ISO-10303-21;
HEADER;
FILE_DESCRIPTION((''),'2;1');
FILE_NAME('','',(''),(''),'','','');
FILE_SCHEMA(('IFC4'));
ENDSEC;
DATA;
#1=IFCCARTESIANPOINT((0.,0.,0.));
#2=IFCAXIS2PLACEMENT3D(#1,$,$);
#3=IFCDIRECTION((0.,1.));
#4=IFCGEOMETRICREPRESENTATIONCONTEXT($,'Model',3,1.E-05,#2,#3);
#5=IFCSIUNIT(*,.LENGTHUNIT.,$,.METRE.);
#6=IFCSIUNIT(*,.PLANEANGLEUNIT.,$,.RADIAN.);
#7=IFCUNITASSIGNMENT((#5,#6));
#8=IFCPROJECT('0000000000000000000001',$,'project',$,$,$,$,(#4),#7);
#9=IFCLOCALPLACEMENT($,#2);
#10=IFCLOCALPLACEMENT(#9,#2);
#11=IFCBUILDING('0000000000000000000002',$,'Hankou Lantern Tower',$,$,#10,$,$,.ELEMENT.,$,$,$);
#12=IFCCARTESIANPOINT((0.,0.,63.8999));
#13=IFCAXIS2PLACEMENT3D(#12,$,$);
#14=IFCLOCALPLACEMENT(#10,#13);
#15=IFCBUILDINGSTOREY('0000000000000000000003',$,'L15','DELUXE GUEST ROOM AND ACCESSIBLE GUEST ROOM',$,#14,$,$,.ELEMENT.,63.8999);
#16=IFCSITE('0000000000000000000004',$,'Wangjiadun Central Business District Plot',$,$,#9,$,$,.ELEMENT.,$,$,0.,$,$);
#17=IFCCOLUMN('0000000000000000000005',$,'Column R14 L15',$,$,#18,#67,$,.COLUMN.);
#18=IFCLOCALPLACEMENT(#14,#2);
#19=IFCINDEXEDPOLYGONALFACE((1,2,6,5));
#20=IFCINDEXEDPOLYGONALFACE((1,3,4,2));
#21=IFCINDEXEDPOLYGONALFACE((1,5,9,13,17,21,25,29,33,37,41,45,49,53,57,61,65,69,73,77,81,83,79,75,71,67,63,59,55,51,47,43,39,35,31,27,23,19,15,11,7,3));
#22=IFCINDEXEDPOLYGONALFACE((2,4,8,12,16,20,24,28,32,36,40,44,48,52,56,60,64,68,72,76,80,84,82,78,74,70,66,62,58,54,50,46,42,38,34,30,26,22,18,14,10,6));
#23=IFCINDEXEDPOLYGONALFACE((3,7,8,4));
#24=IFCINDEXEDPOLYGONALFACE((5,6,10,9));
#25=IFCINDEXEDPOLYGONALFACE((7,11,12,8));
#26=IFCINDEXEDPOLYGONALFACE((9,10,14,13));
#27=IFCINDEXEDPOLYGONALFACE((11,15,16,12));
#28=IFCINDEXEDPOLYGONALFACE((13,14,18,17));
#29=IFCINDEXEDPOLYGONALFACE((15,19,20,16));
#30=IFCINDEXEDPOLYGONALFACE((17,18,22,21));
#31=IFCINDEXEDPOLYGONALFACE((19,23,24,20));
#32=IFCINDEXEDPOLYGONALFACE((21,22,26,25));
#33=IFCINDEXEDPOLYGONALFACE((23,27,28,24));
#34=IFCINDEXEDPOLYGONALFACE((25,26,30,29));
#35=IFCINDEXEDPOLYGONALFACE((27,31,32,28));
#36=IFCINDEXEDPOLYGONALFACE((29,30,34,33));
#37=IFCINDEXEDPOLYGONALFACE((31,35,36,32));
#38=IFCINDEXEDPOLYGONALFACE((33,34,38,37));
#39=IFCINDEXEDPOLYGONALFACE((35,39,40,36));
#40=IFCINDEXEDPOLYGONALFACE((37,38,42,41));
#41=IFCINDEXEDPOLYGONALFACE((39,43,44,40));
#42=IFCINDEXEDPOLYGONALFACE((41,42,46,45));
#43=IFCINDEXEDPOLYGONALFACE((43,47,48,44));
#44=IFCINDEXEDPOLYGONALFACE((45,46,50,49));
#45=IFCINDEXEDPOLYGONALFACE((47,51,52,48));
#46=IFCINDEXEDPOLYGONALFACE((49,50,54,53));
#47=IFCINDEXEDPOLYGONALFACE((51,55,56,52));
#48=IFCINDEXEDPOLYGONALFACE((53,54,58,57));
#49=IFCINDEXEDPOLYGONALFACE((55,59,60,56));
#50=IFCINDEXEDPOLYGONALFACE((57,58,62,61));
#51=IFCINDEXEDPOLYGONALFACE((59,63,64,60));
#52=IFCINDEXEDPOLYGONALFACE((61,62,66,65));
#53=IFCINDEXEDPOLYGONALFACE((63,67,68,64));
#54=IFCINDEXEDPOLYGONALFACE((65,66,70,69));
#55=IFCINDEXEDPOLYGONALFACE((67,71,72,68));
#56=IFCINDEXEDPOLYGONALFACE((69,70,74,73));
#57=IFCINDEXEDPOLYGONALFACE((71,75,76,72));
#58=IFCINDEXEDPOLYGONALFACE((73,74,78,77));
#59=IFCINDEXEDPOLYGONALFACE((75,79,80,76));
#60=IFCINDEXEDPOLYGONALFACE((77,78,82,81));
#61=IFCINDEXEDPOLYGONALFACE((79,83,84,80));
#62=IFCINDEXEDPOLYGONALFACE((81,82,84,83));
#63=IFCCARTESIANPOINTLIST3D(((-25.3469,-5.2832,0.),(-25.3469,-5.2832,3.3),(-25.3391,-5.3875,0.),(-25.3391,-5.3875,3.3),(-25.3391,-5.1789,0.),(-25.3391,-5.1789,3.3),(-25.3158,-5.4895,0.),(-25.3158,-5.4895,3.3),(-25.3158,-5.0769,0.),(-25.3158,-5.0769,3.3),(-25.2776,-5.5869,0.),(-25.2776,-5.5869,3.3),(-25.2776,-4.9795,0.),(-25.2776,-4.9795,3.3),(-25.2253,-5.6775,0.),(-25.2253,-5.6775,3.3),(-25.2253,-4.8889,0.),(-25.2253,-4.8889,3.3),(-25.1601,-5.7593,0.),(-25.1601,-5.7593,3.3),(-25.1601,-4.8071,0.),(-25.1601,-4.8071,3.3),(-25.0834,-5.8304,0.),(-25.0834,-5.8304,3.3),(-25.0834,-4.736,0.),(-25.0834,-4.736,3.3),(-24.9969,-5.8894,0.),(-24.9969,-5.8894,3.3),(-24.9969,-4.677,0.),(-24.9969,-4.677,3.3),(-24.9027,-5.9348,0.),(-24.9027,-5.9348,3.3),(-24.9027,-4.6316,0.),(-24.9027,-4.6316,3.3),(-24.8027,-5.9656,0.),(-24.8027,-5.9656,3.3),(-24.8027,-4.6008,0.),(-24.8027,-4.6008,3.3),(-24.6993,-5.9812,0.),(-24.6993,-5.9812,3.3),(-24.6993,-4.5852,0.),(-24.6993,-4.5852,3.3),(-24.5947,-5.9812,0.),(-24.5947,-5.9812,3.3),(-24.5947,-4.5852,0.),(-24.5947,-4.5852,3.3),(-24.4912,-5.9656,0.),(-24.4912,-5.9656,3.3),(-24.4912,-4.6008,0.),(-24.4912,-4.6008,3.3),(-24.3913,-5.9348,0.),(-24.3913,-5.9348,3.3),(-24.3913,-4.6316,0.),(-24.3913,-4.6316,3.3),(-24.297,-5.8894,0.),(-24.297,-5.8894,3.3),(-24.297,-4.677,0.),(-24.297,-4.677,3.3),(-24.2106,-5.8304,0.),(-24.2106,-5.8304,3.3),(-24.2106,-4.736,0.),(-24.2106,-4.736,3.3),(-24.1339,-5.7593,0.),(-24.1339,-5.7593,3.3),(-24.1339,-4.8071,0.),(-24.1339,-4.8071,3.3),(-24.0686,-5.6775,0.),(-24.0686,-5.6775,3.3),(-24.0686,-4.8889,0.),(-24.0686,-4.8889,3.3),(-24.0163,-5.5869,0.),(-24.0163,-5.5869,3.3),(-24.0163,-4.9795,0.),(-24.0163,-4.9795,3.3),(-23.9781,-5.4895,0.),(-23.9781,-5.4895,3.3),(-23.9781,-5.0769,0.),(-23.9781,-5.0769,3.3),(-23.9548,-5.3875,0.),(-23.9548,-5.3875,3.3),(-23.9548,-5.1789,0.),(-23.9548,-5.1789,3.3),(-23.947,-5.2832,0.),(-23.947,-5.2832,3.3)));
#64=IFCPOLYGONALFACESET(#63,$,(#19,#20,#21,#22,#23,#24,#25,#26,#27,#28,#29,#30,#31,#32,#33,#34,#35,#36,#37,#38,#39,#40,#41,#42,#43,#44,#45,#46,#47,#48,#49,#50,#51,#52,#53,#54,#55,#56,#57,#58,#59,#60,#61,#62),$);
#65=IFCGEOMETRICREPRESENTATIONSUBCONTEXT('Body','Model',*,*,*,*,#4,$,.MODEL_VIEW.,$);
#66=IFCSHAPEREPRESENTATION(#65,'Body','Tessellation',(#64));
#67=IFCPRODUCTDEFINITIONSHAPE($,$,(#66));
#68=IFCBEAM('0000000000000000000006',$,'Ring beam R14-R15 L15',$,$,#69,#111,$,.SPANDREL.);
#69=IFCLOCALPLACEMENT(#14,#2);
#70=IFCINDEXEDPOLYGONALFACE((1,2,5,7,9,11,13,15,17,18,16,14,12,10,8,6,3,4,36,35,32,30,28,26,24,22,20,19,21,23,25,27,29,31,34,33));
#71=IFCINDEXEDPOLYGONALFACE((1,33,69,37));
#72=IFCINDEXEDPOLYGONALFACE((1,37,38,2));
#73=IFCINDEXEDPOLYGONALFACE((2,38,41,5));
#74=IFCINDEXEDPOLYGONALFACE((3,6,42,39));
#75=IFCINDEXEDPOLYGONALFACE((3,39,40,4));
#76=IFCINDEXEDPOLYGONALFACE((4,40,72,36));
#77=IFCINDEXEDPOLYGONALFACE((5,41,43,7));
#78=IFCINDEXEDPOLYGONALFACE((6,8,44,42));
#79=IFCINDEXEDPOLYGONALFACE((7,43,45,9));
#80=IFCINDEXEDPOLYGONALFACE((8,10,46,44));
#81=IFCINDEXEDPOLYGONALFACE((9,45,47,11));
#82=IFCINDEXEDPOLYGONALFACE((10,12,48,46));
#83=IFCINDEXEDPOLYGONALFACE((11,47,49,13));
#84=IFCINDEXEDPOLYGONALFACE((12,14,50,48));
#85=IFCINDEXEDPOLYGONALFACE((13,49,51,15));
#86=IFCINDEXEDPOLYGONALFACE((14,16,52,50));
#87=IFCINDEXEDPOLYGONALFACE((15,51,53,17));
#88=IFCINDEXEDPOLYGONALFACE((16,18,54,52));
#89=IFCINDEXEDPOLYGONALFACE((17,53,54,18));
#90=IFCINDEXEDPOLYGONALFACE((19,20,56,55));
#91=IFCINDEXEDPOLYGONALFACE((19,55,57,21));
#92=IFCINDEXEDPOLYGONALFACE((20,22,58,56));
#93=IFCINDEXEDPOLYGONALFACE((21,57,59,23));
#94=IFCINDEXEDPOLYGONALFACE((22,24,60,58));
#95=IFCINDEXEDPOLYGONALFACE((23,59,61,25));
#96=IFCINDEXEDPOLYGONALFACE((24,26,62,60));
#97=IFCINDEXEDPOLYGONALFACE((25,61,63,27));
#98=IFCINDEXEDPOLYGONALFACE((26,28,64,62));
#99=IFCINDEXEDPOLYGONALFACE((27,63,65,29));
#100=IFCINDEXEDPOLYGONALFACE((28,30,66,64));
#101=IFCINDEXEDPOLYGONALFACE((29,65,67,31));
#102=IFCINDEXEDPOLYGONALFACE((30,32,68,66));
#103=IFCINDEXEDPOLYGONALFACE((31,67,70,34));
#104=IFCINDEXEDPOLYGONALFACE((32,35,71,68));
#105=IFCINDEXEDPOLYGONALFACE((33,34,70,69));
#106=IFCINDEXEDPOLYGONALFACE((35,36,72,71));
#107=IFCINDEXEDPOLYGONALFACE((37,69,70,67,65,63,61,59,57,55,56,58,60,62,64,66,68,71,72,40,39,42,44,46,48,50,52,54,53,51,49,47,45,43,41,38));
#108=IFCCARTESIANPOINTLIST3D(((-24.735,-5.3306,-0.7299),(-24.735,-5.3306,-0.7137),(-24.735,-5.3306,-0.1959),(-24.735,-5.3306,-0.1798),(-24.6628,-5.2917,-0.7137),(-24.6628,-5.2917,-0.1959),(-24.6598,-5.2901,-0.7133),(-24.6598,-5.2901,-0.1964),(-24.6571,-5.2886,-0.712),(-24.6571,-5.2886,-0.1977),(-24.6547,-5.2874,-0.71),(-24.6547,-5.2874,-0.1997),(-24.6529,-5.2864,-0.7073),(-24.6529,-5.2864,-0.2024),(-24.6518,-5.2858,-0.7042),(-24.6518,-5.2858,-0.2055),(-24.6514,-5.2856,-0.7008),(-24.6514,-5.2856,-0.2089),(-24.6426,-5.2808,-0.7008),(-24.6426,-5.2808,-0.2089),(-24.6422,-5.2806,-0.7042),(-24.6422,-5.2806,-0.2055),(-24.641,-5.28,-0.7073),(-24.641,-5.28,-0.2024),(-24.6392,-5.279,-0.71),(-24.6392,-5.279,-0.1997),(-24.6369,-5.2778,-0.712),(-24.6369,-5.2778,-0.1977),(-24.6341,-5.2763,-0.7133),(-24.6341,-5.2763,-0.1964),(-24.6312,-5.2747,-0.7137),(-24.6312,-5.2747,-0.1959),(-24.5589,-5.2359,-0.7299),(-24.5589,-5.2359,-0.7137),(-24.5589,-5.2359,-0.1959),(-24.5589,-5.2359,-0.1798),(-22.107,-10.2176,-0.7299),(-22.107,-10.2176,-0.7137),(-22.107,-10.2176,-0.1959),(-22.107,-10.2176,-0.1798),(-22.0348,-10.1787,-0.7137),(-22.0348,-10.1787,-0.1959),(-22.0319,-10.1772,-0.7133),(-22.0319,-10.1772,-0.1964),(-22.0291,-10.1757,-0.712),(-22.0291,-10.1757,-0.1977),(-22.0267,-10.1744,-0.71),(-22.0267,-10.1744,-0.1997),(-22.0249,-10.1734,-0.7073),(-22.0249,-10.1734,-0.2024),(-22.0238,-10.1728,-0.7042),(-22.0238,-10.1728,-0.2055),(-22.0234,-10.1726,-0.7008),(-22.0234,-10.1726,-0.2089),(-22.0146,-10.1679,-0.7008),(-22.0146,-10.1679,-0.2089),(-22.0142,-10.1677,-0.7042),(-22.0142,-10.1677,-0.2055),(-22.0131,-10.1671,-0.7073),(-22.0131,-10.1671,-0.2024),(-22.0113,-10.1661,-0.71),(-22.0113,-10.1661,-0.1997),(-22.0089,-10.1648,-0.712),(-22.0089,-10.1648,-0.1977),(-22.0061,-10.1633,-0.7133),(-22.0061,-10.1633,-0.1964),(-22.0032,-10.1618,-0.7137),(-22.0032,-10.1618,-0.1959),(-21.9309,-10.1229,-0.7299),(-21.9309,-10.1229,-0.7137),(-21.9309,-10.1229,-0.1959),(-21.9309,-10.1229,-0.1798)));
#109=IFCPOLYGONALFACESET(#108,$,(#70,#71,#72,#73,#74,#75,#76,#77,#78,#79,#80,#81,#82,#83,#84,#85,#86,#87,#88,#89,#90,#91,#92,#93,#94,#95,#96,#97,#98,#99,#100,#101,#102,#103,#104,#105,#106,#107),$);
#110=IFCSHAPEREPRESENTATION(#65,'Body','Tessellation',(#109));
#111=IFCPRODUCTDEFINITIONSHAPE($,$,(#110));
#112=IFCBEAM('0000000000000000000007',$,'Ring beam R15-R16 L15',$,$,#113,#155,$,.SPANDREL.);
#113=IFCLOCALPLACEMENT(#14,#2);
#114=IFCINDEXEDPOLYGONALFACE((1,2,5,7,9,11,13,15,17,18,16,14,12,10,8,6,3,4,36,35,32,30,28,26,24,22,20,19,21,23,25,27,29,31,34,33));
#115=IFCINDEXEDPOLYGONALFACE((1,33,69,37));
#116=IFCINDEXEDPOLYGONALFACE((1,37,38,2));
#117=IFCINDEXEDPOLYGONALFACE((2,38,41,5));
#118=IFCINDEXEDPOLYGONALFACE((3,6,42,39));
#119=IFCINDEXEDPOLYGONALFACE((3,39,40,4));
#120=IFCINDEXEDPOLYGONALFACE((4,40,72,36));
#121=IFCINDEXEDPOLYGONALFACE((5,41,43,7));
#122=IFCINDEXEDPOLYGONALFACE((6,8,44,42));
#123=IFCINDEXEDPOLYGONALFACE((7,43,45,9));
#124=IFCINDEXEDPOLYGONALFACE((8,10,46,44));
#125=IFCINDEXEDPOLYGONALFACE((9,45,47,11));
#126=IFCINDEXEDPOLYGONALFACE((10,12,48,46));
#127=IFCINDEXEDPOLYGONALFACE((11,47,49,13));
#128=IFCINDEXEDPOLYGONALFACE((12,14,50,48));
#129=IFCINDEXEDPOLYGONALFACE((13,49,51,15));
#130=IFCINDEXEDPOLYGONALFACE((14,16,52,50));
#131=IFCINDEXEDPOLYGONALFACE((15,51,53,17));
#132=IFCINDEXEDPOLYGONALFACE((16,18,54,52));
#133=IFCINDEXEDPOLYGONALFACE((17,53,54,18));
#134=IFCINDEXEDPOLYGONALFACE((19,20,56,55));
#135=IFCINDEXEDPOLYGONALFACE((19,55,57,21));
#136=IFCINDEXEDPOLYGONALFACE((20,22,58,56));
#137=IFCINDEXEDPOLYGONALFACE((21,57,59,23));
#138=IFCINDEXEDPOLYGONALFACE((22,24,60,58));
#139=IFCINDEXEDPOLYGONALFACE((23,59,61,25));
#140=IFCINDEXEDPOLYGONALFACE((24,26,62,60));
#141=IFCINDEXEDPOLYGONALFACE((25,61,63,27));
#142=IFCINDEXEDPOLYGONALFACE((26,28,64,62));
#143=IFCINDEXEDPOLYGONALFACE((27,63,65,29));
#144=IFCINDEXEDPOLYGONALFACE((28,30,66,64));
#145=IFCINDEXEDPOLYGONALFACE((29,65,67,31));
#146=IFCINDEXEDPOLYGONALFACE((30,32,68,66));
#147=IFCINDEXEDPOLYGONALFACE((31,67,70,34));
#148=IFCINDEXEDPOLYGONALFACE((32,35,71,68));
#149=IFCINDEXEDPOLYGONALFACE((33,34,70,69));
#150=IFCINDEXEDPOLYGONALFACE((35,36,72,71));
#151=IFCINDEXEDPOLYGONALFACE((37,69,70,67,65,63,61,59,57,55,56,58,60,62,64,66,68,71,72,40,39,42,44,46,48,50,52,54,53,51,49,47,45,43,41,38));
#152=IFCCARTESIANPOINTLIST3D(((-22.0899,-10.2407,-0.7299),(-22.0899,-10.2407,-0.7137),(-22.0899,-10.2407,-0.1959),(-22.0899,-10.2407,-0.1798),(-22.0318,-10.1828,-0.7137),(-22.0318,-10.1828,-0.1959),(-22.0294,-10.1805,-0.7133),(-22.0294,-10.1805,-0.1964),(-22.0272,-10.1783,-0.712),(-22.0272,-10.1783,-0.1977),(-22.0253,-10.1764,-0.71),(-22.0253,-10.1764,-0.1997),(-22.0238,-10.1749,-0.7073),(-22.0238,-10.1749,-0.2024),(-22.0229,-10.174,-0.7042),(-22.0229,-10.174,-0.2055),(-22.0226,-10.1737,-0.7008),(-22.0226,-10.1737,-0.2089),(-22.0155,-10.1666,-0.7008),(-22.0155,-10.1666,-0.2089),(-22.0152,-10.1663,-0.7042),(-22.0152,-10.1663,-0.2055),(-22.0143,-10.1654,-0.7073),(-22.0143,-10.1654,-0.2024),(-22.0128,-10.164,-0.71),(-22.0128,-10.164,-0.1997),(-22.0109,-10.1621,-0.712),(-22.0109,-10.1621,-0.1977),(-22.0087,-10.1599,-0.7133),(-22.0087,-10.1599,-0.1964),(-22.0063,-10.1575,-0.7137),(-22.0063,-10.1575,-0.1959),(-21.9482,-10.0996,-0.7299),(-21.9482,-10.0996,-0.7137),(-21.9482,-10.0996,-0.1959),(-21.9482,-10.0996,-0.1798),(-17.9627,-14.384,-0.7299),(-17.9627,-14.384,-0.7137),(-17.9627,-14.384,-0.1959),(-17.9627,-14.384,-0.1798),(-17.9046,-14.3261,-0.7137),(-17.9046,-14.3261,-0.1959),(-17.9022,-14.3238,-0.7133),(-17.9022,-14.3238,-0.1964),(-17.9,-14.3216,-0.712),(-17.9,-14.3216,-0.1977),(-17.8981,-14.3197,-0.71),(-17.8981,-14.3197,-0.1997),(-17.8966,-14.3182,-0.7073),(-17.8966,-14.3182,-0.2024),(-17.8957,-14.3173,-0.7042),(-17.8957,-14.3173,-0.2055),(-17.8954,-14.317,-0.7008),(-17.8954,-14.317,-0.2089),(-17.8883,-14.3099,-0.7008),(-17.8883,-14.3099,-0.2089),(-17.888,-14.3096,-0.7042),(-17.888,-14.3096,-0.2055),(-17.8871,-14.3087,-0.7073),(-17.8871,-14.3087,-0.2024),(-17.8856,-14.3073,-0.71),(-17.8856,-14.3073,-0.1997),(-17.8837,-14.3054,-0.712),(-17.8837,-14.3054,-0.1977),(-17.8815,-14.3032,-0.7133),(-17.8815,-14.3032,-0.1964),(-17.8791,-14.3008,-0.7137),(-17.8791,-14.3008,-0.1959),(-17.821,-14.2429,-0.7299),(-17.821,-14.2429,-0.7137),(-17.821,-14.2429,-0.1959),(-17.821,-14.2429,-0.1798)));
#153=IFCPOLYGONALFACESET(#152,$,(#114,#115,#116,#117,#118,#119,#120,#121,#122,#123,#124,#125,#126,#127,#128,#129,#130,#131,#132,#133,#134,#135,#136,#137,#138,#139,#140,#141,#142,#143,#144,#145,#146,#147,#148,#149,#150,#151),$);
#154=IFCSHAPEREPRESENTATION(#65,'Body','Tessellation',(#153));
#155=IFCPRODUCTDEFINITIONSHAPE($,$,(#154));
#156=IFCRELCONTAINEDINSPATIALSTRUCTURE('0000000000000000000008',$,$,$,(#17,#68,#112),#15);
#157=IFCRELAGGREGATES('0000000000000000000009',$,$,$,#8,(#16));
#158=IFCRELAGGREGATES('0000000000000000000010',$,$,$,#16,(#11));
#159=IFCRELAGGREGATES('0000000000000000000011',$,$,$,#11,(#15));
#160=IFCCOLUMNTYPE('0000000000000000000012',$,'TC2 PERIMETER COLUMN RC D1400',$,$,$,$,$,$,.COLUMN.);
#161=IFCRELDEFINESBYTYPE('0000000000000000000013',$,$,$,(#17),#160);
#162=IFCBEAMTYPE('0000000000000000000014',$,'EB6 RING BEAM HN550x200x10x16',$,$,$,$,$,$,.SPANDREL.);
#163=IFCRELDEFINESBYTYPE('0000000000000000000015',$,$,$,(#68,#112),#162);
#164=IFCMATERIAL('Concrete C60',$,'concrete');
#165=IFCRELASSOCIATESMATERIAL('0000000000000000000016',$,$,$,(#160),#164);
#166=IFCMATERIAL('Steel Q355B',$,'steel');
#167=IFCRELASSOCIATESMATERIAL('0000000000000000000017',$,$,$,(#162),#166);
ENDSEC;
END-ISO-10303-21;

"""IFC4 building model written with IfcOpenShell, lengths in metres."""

from ifc_helpers import new_model, si_unit, direction, frame, origin, origin_2d, place, context, subcontext, project, spatial, circle, i_section, extrude, material, material_profile, profile_set, type_object, element, save


model = new_model("IFC4")

# Units and contexts
model_context = context("Model", 3, precision=1e-05, world=origin(), true_north=direction((0.0, 1.0)))
body_context = subcontext(model_context, "Body", "Model", "MODEL_VIEW")
ifc_project = project(units=[si_unit("LENGTHUNIT", "METRE"), si_unit("PLANEANGLEUNIT", "RADIAN")], contexts=[model_context])

# Site, building, storey
site_placement = place(None, origin())
site = spatial("IfcSite", under=ifc_project, at=site_placement, Name="Wangjiadun Central Business District Plot", CompositionType="ELEMENT", RefElevation=0.0)
building_placement = place(site_placement, origin())
building = spatial("IfcBuilding", under=site, at=building_placement, Name="Hankou Lantern Tower", CompositionType="ELEMENT")
storey_placement = place(building_placement, frame((0.0, 0.0, 63.8999)))
storey = spatial("IfcBuildingStorey", under=building, at=storey_placement, Name="L15", Description="DELUXE GUEST ROOM AND ACCESSIBLE GUEST ROOM", CompositionType="ELEMENT", Elevation=63.8999)

# Column
ifc_material_1 = material(Name="Concrete C60", Category="concrete")
ifc_material_profile_1 = material_profile(ifc_material_1, circle(Radius=0.7, at=origin_2d()), Name="RC D1400")
ifc_profile_set_1 = profile_set([ifc_material_profile_1], Name="Concrete C60")
column_type = type_object("IfcColumnType", Name="TC2 PERIMETER COLUMN RC D1400", PredefinedType="COLUMN", material=ifc_profile_set_1)
column_placement = place(storey_placement, frame((-24.647, -5.2832, 0.0), z_axis=(0.0, 0.0, 1.0), x_axis=(1.0, 0.0, 0.0)))
element("IfcColumn", 1, at=column_placement, inside=storey, type_object=column_type, Name="Column R14 L15", PredefinedType="COLUMN", context=body_context, shape_type="SweptSolid", body=[
    extrude(circle(Radius=0.7, at=origin_2d()), origin(), (0.0, 0.0, 1.0), 3.3),
])

# Beams
ifc_material_2 = material(Name="Steel Q355B", Category="steel")
ifc_material_profile_2 = material_profile(ifc_material_2, i_section(OverallWidth=0.2, OverallDepth=0.55, WebThickness=0.01, FlangeThickness=0.0161, FilletRadius=0.0129, at=origin_2d()), Name="HN550x200x10x16")
ifc_profile_set_2 = profile_set([ifc_material_profile_2], Name="Steel Q355B")
beam_type_1 = type_object("IfcBeamType", Name="EB6 RING BEAM HN550x200x10x16", PredefinedType="SPANDREL", material=ifc_profile_set_2)
beam_1_placement = place(storey_placement, frame((-24.647, -5.2832, -0.4548), z_axis=(0.473609, -0.880735, 0.0), x_axis=(0.880735, 0.473609, 0.0)))
element("IfcBeam", 2, at=beam_1_placement, inside=storey, type_object=beam_type_1, Name="Ring beam R14-R15 L15", PredefinedType="SPANDREL", context=body_context, shape_type="SweptSolid", body=[
    extrude(i_section(OverallWidth=0.2, OverallDepth=0.55, WebThickness=0.01, FlangeThickness=0.0161, FilletRadius=0.0129, at=origin_2d()), origin(), (0.0, 0.0, 1.0), 5.5488),
])
beam_2_placement = place(storey_placement, frame((-22.019, -10.1702, -0.4548), z_axis=(0.705728, -0.708483, 0.0), x_axis=(0.708483, 0.705728, 0.0)))
element("IfcBeam", 3, at=beam_2_placement, inside=storey, type_object=beam_type_1, Name="Ring beam R15-R16 L15", PredefinedType="SPANDREL", context=body_context, shape_type="SweptSolid", body=[
    extrude(i_section(OverallWidth=0.2, OverallDepth=0.55, WebThickness=0.01, FlangeThickness=0.0161, FilletRadius=0.0129, at=origin_2d()), origin(), (0.0, 0.0, 1.0), 5.8481),
])

save(model, "model.ifc")
